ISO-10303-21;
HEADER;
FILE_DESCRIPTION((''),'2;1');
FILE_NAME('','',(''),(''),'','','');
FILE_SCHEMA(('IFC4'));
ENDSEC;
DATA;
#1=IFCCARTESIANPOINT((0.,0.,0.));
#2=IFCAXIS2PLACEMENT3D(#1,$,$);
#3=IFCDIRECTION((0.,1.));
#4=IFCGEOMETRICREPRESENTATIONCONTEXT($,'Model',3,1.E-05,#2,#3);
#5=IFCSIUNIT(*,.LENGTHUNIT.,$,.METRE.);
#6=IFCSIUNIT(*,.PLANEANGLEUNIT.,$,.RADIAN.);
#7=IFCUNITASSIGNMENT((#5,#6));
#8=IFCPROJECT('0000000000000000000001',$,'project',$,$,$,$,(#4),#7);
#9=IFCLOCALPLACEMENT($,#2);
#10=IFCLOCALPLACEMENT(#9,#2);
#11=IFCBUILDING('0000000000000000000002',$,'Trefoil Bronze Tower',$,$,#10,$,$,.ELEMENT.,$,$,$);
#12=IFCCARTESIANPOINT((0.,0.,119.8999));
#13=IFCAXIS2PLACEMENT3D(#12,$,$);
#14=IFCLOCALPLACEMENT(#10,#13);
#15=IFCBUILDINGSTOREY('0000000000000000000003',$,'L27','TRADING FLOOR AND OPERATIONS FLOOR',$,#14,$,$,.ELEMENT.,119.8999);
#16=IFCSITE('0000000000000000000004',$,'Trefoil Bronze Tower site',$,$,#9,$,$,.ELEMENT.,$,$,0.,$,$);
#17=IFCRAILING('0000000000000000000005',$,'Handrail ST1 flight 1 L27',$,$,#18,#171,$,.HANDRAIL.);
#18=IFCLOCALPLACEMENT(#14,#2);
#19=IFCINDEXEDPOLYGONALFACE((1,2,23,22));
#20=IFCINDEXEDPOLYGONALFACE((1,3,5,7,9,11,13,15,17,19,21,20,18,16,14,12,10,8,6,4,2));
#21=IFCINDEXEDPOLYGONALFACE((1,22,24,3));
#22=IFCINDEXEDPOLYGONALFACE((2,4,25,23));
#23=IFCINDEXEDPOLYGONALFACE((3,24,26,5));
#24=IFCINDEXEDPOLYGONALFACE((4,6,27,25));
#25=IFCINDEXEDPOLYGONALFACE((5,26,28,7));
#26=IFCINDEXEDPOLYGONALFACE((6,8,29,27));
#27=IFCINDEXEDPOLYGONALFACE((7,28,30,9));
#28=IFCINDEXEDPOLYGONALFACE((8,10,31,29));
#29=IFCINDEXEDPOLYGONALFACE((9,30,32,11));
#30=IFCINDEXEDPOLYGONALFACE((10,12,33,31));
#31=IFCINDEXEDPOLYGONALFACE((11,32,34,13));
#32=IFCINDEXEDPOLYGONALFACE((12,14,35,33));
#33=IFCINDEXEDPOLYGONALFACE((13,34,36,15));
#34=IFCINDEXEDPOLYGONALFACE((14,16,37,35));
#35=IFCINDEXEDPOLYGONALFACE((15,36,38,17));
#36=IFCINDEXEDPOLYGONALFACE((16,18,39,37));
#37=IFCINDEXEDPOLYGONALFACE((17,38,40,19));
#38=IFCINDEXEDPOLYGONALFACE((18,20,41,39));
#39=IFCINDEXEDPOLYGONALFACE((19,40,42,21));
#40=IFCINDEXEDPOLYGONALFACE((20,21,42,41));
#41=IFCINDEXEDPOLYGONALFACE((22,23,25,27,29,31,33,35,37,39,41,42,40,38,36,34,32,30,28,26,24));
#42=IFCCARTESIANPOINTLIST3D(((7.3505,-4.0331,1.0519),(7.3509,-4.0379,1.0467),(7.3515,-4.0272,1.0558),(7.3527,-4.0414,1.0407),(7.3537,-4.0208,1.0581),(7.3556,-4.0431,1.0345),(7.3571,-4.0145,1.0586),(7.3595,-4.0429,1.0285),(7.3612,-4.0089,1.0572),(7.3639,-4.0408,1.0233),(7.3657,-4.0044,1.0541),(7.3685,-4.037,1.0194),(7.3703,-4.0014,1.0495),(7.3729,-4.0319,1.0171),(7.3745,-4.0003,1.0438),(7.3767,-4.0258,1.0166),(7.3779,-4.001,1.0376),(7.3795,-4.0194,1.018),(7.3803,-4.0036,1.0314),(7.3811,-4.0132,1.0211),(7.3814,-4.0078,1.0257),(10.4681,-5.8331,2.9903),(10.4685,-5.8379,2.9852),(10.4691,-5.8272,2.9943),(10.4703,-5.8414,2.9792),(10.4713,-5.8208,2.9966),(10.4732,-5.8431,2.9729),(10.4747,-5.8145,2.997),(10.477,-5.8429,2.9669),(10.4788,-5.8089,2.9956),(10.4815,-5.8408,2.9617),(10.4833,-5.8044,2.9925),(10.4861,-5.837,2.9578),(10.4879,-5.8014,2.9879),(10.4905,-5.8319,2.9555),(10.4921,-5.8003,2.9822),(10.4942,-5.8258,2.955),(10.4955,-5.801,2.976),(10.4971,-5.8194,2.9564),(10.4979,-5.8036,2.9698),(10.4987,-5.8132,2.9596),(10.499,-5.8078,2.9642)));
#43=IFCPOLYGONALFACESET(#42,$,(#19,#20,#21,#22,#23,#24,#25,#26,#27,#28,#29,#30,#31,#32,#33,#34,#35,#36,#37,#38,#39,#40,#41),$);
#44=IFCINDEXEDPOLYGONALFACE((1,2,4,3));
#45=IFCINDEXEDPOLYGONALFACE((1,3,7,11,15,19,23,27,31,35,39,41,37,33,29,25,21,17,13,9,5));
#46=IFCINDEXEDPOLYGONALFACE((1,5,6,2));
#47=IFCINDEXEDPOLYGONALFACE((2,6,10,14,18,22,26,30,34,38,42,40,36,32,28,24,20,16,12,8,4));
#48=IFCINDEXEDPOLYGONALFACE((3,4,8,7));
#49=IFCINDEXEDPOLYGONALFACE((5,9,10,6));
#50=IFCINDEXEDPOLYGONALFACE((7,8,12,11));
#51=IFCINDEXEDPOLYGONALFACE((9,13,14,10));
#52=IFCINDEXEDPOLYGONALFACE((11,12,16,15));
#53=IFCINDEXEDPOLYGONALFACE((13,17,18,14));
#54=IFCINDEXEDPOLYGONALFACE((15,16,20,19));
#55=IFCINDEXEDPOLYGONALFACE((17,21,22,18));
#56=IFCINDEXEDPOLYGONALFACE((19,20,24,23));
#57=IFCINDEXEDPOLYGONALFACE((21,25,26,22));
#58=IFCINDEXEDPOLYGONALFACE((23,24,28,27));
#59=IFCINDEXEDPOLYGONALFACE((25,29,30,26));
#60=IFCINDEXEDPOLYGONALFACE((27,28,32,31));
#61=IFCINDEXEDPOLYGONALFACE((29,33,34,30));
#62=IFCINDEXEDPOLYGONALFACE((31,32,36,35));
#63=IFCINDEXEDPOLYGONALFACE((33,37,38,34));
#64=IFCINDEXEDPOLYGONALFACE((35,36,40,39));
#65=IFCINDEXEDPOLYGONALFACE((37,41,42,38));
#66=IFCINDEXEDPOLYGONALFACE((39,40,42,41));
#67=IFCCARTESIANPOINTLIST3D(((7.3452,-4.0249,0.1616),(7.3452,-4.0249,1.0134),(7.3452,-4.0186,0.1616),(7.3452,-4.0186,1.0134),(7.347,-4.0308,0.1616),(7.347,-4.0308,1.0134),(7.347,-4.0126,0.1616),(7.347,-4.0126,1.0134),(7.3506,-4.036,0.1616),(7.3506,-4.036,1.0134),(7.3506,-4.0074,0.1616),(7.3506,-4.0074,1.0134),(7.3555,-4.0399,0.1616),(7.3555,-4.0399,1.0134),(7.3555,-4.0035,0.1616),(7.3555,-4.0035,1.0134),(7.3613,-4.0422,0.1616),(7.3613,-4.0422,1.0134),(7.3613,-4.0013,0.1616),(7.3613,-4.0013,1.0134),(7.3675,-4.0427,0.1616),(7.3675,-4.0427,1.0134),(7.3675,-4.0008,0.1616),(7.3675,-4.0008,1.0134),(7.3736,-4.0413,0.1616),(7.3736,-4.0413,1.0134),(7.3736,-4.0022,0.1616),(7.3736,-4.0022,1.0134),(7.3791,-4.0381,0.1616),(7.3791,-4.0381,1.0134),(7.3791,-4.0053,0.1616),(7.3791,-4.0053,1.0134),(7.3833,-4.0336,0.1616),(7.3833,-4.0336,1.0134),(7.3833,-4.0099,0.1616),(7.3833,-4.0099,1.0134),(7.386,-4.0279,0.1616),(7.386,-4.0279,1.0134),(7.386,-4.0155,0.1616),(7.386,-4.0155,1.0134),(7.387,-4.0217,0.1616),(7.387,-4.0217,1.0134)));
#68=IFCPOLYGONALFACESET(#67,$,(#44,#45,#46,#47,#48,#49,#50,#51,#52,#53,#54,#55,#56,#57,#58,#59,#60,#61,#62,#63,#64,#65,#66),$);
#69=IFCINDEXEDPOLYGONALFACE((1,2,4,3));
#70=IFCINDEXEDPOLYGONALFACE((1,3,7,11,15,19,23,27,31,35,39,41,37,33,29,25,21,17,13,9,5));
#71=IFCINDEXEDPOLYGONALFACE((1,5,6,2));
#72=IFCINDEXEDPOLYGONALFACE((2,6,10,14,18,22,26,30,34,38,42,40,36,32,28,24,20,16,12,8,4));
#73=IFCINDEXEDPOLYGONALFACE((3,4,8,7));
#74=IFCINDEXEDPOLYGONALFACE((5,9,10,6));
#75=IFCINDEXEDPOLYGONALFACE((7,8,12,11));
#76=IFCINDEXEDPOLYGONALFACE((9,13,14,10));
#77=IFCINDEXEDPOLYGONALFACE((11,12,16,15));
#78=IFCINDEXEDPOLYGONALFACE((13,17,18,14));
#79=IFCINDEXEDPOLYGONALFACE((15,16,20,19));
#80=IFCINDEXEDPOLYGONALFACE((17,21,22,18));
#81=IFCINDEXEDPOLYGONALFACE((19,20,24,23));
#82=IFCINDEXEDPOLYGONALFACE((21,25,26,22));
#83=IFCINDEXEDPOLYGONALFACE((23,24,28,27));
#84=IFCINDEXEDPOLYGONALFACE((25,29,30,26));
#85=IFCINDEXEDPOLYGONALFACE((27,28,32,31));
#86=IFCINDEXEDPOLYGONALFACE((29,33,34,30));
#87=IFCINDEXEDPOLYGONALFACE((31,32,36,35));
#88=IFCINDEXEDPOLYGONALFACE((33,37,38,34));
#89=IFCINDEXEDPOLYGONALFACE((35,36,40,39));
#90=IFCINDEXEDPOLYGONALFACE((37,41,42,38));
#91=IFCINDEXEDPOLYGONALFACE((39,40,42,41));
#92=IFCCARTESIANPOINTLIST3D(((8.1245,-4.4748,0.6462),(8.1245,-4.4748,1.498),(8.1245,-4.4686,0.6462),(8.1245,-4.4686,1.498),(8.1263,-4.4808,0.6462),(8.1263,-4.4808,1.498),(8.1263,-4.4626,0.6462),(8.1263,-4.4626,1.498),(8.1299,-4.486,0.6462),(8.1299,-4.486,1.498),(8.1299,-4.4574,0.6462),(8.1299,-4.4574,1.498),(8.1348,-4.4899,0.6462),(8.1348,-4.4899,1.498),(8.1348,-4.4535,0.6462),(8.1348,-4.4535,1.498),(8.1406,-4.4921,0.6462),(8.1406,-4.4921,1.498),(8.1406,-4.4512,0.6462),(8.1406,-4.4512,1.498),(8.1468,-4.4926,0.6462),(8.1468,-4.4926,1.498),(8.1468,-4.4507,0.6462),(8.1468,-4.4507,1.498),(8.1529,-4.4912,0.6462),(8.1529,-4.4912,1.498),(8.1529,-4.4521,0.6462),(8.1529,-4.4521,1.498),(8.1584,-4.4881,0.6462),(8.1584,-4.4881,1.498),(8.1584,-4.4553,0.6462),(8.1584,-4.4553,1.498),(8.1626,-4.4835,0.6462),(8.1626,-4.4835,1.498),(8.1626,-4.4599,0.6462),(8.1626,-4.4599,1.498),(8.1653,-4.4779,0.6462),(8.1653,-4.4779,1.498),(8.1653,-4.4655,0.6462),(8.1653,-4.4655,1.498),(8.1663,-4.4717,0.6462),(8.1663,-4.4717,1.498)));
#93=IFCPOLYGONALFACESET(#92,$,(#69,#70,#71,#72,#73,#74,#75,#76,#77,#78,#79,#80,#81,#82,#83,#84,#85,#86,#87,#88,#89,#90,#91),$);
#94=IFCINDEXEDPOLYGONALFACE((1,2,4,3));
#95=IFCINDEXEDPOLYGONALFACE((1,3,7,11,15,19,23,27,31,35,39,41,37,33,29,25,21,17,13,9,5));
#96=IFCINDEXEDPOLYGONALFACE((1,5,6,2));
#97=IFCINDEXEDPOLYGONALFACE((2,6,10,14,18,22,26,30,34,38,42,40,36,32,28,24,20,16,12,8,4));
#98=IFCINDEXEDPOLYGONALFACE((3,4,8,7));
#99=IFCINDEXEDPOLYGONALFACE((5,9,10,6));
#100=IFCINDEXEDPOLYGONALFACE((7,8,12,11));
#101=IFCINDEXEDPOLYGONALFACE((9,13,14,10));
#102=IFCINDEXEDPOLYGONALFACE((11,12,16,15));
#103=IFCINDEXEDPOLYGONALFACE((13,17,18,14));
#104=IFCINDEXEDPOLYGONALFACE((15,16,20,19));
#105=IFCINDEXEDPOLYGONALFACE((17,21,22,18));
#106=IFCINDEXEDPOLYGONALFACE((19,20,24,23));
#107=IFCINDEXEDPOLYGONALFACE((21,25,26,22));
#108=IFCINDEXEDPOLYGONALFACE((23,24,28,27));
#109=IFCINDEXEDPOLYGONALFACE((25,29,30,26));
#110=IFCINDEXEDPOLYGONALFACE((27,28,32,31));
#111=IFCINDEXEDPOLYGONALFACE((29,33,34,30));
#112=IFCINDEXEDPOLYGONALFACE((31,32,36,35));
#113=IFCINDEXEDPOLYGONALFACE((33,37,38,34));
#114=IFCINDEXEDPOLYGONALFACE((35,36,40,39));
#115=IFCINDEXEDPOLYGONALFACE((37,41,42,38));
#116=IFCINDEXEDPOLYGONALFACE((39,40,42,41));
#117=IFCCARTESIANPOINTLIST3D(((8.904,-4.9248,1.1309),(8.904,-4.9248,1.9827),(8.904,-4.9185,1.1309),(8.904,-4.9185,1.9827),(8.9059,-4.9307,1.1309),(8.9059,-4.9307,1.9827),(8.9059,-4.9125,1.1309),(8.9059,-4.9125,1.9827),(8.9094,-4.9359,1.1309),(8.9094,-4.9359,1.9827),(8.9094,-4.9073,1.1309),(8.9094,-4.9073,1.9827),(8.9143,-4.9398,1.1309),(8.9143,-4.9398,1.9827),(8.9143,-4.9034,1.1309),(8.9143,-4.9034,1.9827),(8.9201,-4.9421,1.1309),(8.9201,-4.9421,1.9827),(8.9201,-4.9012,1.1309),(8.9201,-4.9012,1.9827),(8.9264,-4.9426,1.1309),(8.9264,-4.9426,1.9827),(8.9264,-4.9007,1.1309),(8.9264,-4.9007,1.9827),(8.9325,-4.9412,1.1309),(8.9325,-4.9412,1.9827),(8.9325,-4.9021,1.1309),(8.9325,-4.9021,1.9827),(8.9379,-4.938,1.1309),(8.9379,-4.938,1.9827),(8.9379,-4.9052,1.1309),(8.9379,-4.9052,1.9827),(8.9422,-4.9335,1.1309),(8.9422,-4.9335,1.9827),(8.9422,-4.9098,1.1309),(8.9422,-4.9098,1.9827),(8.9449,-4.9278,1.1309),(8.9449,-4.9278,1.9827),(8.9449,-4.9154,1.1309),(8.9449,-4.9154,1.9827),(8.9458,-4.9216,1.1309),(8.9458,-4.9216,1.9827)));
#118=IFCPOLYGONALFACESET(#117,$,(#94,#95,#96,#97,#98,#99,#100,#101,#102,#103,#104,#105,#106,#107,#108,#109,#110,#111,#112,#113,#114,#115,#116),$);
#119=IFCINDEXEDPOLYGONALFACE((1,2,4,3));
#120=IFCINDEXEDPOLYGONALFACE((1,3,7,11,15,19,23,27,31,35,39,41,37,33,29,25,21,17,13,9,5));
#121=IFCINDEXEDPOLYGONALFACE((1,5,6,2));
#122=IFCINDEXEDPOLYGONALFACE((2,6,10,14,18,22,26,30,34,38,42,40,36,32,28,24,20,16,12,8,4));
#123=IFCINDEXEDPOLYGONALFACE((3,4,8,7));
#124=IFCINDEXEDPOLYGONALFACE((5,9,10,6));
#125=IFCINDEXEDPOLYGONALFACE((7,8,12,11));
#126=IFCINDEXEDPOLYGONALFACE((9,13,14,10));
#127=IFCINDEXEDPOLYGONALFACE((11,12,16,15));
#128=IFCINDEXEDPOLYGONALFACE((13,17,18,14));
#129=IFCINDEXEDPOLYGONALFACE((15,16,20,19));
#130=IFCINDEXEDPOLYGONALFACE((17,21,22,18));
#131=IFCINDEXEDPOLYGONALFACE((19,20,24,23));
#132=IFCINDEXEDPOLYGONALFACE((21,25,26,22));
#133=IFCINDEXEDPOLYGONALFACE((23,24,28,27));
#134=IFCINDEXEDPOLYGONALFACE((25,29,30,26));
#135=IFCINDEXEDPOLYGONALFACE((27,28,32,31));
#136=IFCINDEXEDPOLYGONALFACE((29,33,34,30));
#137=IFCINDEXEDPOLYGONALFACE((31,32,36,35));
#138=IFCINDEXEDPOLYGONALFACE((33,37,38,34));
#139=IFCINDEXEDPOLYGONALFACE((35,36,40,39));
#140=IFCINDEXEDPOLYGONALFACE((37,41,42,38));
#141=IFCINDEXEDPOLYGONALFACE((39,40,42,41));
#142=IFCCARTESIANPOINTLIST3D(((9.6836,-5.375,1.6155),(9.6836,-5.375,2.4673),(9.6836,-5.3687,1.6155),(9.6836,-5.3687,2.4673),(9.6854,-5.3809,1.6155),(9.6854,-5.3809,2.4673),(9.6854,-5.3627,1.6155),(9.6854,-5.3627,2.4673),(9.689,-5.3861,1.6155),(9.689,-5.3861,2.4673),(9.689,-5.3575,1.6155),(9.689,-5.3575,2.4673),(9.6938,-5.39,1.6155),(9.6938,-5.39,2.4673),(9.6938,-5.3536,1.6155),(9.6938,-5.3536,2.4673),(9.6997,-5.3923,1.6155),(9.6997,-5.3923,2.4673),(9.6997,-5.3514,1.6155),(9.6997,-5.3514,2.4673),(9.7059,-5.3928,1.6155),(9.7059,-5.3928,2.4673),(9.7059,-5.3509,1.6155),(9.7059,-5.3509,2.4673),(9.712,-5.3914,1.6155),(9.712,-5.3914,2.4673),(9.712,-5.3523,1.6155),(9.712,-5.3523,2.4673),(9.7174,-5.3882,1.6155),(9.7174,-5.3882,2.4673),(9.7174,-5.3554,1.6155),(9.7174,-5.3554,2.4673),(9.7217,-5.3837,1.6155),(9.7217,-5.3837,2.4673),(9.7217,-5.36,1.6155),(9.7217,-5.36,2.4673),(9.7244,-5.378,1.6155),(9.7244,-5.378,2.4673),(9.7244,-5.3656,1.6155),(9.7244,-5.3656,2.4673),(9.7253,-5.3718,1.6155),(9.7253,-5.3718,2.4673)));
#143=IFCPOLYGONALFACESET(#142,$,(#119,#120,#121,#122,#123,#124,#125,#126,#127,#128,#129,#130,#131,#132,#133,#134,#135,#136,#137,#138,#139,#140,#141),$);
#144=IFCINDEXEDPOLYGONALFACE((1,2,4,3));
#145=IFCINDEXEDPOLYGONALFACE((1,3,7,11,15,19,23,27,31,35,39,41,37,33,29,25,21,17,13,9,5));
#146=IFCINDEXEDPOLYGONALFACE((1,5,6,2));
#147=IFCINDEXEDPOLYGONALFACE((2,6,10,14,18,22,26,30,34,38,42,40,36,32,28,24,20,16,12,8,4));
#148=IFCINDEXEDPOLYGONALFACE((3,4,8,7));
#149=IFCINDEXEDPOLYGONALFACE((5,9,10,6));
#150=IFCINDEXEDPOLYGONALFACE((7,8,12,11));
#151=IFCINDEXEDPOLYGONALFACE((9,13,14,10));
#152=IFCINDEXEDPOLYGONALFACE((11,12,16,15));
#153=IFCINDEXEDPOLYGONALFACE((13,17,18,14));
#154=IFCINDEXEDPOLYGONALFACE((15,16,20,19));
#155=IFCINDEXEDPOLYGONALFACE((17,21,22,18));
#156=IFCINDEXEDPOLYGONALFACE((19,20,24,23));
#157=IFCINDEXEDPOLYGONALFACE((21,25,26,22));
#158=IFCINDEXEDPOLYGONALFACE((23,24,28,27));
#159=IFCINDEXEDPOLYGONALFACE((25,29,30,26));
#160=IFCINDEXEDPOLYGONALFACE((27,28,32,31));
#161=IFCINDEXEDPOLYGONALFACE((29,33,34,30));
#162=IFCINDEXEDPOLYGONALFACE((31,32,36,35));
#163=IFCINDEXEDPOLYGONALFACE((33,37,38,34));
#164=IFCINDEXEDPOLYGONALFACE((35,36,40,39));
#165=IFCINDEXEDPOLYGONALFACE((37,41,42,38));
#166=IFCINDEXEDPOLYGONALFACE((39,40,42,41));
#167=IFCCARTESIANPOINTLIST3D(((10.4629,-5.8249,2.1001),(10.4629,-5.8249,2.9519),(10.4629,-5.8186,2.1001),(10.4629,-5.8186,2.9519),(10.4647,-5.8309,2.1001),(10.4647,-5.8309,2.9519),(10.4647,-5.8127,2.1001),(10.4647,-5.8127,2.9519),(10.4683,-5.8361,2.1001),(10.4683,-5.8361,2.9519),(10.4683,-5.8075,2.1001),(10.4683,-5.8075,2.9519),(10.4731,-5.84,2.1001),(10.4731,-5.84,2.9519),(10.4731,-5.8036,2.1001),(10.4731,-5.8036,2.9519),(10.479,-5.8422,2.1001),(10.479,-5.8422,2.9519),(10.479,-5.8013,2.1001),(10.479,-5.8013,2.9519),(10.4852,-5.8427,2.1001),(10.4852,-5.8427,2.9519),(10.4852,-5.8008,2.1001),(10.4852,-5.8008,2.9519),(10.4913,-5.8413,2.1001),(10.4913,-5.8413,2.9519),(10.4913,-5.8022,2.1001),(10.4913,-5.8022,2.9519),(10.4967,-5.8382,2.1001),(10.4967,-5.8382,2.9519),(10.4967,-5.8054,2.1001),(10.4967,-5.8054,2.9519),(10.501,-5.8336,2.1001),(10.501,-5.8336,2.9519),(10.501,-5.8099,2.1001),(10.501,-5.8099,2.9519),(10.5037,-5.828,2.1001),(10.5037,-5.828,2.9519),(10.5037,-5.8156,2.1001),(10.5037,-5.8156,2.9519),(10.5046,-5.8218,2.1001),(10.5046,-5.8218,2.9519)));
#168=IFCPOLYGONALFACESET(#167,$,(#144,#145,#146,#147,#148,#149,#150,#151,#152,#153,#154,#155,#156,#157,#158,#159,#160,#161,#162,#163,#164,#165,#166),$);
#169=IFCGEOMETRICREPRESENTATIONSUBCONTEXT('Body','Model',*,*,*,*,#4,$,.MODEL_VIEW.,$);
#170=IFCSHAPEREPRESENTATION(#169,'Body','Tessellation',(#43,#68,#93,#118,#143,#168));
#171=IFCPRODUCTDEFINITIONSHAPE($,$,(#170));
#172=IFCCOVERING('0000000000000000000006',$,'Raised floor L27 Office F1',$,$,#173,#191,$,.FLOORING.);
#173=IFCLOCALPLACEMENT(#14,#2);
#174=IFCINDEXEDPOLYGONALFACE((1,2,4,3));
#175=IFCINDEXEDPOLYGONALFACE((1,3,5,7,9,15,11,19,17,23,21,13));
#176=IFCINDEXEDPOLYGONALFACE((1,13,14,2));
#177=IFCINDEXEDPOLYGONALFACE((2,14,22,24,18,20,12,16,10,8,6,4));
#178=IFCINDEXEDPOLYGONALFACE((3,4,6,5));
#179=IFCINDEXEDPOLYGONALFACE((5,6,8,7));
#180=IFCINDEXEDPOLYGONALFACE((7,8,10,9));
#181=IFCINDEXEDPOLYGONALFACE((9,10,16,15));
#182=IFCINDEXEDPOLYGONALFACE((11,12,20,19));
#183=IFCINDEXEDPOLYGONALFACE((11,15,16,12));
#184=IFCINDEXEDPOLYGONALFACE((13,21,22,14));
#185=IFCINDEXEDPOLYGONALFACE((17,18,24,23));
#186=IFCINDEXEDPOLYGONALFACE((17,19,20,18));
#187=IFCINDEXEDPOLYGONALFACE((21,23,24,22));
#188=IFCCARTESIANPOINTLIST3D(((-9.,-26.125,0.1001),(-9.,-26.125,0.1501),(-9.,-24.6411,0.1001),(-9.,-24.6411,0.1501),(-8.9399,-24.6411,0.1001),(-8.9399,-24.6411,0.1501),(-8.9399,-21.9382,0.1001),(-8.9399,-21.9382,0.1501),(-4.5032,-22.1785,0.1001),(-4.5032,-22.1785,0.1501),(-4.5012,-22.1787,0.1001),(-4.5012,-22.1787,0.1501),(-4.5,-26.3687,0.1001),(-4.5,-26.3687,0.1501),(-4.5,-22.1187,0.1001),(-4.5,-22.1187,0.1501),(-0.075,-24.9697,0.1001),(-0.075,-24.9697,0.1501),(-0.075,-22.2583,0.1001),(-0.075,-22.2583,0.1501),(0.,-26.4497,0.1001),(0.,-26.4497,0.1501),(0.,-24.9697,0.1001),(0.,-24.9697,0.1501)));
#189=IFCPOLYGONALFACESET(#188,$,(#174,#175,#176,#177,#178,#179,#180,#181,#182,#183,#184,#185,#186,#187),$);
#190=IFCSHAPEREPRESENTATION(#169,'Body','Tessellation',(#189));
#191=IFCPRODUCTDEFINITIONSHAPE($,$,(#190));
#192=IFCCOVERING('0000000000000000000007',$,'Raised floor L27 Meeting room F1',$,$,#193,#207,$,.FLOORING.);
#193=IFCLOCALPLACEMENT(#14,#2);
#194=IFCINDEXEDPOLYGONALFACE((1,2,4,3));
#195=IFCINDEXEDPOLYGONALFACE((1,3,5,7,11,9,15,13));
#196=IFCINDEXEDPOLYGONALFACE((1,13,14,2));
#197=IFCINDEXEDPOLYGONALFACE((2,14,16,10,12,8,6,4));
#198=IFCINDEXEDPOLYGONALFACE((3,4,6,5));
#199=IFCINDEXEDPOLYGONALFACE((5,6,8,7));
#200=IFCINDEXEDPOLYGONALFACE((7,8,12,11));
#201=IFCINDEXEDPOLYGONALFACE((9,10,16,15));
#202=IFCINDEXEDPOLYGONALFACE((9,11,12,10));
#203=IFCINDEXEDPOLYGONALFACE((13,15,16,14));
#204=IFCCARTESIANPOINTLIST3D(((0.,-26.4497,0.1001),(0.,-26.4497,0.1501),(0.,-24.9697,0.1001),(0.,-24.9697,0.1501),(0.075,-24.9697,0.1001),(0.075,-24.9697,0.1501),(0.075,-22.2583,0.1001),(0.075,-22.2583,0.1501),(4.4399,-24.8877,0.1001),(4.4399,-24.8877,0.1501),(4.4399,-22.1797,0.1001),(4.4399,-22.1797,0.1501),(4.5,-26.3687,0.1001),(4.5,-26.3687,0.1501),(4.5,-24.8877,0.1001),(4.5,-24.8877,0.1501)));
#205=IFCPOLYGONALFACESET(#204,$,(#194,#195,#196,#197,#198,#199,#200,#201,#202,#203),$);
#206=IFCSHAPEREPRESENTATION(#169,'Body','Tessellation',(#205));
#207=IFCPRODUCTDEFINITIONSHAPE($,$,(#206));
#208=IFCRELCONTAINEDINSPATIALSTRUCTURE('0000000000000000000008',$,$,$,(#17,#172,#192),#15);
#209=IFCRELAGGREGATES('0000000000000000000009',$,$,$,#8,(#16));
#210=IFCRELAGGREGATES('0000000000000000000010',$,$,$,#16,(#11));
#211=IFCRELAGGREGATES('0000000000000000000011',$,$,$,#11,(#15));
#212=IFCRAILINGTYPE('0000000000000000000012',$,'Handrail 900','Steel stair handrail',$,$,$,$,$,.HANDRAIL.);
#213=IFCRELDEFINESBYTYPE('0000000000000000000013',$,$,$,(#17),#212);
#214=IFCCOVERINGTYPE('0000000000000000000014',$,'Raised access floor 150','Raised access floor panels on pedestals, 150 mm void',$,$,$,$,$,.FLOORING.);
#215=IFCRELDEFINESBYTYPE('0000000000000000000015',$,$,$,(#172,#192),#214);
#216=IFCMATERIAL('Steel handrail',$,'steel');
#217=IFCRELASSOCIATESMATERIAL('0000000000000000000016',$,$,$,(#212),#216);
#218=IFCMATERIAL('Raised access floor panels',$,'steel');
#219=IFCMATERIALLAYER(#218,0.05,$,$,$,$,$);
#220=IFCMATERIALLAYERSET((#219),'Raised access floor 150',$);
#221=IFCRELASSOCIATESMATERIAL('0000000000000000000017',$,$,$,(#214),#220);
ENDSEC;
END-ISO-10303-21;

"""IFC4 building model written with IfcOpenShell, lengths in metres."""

from ifc_helpers import new_model, si_unit, direction, frame, origin, origin_2d, place, context, subcontext, project, spatial, polyline, circle, outline, extrude, material, layer, layer_set, type_object, element, save


model = new_model("IFC4")

# Units and contexts
model_context = context("Model", 3, precision=1e-05, world=origin(), true_north=direction((0.0, 1.0)))
body_context = subcontext(model_context, "Body", "Model", "MODEL_VIEW")
ifc_project = project(units=[si_unit("LENGTHUNIT", "METRE"), si_unit("PLANEANGLEUNIT", "RADIAN")], contexts=[model_context])

# Site, building, storey
site_placement = place(None, origin())
site = spatial("IfcSite", under=ifc_project, at=site_placement, Name="Trefoil Bronze Tower site", CompositionType="ELEMENT", RefElevation=0.0)
building_placement = place(site_placement, origin())
building = spatial("IfcBuilding", under=site, at=building_placement, Name="Trefoil Bronze Tower", CompositionType="ELEMENT")
storey_placement = place(building_placement, frame((0.0, 0.0, 119.8999)))
storey = spatial("IfcBuildingStorey", under=building, at=storey_placement, Name="L27", Description="TRADING FLOOR AND OPERATIONS FLOOR", CompositionType="ELEMENT", Elevation=119.8999)

# Railing
ifc_material_1 = material(Name="Steel handrail", Category="steel")
railing_type = type_object("IfcRailingType", Name="Handrail 900", Description="Steel stair handrail", PredefinedType="HANDRAIL", material=ifc_material_1)
railing_placement = place(storey_placement, frame((7.366, -4.0217, 0.1616)))
element("IfcRailing", 1, at=railing_placement, inside=storey, type_object=railing_type, Name="Handrail ST1 flight 1 L27", PredefinedType="HANDRAIL", context=body_context, shape_type="SweptSolid", body=[
    extrude(circle(Radius=0.0239, at=origin_2d()), frame((0.0, 0.0, 0.876), z_axis=(0.762503, -0.440246, 0.474102), x_axis=(0.500012, 0.866018, 0.0)), (0.0, 0.0, 1.0), 4.0886),
    extrude(circle(Radius=0.021, at=origin_2d()), origin(), (0.0, 0.0, 1.0), 0.8518),
    extrude(circle(Radius=0.021, at=origin_2d()), frame((0.7793, -0.45, 0.4846)), (0.0, 0.0, 1.0), 0.8518),
    extrude(circle(Radius=0.021, at=origin_2d()), frame((1.5588, -0.8999, 0.9692)), (0.0, 0.0, 1.0), 0.8518),
    extrude(circle(Radius=0.021, at=origin_2d()), frame((2.3384, -1.3501, 1.4539)), (0.0, 0.0, 1.0), 0.8518),
    extrude(circle(Radius=0.021, at=origin_2d()), frame((3.1177, -1.8, 1.9385)), (0.0, 0.0, 1.0), 0.8518),
])

# Coverings
ifc_material_2 = material(Name="Raised access floor panels", Category="steel")
ifc_layer_1 = layer(ifc_material_2, 0.05)
ifc_layer_set_1 = layer_set([ifc_layer_1], Name="Raised access floor 150")
covering_type_1 = type_object("IfcCoveringType", Name="Raised access floor 150", Description="Raised access floor panels on pedestals, 150 mm void", PredefinedType="FLOORING", material=ifc_layer_set_1)
covering_1_placement = place(storey_placement, frame((0.0, 0.0, 0.1001)))
element("IfcCovering", 2, at=covering_1_placement, inside=storey, type_object=covering_type_1, Name="Raised floor L27 Office F1", PredefinedType="FLOORING", context=body_context, shape_type="SweptSolid", body=[
    extrude(outline(polyline([(-4.5, -26.3687), (-9.0, -26.125), (-9.0, -24.6411), (-8.9399, -24.6411), (-8.9399, -21.9382), (-4.5032, -22.1785), (-4.5, -22.1187), (-4.5012, -22.1787), (-0.075, -22.2583), (-0.075, -24.9697), (0.0, -24.9697), (0.0, -26.4497), (-4.5, -26.3687)])), origin(), (0.0, 0.0, 1.0), 0.05),
])
covering_2_placement = place(storey_placement, frame((0.0, 0.0, 0.1001)))
element("IfcCovering", 3, at=covering_2_placement, inside=storey, type_object=covering_type_1, Name="Raised floor L27 Meeting room F1", PredefinedType="FLOORING", context=body_context, shape_type="SweptSolid", body=[
    extrude(outline(polyline([(4.5, -26.3687), (0.0, -26.4497), (0.0, -24.9697), (0.075, -24.9697), (0.075, -22.2583), (4.4399, -22.1797), (4.4399, -24.8877), (4.5, -24.8877), (4.5, -26.3687)])), origin(), (0.0, 0.0, 1.0), 0.05),
])

save(model, "model.ifc")
